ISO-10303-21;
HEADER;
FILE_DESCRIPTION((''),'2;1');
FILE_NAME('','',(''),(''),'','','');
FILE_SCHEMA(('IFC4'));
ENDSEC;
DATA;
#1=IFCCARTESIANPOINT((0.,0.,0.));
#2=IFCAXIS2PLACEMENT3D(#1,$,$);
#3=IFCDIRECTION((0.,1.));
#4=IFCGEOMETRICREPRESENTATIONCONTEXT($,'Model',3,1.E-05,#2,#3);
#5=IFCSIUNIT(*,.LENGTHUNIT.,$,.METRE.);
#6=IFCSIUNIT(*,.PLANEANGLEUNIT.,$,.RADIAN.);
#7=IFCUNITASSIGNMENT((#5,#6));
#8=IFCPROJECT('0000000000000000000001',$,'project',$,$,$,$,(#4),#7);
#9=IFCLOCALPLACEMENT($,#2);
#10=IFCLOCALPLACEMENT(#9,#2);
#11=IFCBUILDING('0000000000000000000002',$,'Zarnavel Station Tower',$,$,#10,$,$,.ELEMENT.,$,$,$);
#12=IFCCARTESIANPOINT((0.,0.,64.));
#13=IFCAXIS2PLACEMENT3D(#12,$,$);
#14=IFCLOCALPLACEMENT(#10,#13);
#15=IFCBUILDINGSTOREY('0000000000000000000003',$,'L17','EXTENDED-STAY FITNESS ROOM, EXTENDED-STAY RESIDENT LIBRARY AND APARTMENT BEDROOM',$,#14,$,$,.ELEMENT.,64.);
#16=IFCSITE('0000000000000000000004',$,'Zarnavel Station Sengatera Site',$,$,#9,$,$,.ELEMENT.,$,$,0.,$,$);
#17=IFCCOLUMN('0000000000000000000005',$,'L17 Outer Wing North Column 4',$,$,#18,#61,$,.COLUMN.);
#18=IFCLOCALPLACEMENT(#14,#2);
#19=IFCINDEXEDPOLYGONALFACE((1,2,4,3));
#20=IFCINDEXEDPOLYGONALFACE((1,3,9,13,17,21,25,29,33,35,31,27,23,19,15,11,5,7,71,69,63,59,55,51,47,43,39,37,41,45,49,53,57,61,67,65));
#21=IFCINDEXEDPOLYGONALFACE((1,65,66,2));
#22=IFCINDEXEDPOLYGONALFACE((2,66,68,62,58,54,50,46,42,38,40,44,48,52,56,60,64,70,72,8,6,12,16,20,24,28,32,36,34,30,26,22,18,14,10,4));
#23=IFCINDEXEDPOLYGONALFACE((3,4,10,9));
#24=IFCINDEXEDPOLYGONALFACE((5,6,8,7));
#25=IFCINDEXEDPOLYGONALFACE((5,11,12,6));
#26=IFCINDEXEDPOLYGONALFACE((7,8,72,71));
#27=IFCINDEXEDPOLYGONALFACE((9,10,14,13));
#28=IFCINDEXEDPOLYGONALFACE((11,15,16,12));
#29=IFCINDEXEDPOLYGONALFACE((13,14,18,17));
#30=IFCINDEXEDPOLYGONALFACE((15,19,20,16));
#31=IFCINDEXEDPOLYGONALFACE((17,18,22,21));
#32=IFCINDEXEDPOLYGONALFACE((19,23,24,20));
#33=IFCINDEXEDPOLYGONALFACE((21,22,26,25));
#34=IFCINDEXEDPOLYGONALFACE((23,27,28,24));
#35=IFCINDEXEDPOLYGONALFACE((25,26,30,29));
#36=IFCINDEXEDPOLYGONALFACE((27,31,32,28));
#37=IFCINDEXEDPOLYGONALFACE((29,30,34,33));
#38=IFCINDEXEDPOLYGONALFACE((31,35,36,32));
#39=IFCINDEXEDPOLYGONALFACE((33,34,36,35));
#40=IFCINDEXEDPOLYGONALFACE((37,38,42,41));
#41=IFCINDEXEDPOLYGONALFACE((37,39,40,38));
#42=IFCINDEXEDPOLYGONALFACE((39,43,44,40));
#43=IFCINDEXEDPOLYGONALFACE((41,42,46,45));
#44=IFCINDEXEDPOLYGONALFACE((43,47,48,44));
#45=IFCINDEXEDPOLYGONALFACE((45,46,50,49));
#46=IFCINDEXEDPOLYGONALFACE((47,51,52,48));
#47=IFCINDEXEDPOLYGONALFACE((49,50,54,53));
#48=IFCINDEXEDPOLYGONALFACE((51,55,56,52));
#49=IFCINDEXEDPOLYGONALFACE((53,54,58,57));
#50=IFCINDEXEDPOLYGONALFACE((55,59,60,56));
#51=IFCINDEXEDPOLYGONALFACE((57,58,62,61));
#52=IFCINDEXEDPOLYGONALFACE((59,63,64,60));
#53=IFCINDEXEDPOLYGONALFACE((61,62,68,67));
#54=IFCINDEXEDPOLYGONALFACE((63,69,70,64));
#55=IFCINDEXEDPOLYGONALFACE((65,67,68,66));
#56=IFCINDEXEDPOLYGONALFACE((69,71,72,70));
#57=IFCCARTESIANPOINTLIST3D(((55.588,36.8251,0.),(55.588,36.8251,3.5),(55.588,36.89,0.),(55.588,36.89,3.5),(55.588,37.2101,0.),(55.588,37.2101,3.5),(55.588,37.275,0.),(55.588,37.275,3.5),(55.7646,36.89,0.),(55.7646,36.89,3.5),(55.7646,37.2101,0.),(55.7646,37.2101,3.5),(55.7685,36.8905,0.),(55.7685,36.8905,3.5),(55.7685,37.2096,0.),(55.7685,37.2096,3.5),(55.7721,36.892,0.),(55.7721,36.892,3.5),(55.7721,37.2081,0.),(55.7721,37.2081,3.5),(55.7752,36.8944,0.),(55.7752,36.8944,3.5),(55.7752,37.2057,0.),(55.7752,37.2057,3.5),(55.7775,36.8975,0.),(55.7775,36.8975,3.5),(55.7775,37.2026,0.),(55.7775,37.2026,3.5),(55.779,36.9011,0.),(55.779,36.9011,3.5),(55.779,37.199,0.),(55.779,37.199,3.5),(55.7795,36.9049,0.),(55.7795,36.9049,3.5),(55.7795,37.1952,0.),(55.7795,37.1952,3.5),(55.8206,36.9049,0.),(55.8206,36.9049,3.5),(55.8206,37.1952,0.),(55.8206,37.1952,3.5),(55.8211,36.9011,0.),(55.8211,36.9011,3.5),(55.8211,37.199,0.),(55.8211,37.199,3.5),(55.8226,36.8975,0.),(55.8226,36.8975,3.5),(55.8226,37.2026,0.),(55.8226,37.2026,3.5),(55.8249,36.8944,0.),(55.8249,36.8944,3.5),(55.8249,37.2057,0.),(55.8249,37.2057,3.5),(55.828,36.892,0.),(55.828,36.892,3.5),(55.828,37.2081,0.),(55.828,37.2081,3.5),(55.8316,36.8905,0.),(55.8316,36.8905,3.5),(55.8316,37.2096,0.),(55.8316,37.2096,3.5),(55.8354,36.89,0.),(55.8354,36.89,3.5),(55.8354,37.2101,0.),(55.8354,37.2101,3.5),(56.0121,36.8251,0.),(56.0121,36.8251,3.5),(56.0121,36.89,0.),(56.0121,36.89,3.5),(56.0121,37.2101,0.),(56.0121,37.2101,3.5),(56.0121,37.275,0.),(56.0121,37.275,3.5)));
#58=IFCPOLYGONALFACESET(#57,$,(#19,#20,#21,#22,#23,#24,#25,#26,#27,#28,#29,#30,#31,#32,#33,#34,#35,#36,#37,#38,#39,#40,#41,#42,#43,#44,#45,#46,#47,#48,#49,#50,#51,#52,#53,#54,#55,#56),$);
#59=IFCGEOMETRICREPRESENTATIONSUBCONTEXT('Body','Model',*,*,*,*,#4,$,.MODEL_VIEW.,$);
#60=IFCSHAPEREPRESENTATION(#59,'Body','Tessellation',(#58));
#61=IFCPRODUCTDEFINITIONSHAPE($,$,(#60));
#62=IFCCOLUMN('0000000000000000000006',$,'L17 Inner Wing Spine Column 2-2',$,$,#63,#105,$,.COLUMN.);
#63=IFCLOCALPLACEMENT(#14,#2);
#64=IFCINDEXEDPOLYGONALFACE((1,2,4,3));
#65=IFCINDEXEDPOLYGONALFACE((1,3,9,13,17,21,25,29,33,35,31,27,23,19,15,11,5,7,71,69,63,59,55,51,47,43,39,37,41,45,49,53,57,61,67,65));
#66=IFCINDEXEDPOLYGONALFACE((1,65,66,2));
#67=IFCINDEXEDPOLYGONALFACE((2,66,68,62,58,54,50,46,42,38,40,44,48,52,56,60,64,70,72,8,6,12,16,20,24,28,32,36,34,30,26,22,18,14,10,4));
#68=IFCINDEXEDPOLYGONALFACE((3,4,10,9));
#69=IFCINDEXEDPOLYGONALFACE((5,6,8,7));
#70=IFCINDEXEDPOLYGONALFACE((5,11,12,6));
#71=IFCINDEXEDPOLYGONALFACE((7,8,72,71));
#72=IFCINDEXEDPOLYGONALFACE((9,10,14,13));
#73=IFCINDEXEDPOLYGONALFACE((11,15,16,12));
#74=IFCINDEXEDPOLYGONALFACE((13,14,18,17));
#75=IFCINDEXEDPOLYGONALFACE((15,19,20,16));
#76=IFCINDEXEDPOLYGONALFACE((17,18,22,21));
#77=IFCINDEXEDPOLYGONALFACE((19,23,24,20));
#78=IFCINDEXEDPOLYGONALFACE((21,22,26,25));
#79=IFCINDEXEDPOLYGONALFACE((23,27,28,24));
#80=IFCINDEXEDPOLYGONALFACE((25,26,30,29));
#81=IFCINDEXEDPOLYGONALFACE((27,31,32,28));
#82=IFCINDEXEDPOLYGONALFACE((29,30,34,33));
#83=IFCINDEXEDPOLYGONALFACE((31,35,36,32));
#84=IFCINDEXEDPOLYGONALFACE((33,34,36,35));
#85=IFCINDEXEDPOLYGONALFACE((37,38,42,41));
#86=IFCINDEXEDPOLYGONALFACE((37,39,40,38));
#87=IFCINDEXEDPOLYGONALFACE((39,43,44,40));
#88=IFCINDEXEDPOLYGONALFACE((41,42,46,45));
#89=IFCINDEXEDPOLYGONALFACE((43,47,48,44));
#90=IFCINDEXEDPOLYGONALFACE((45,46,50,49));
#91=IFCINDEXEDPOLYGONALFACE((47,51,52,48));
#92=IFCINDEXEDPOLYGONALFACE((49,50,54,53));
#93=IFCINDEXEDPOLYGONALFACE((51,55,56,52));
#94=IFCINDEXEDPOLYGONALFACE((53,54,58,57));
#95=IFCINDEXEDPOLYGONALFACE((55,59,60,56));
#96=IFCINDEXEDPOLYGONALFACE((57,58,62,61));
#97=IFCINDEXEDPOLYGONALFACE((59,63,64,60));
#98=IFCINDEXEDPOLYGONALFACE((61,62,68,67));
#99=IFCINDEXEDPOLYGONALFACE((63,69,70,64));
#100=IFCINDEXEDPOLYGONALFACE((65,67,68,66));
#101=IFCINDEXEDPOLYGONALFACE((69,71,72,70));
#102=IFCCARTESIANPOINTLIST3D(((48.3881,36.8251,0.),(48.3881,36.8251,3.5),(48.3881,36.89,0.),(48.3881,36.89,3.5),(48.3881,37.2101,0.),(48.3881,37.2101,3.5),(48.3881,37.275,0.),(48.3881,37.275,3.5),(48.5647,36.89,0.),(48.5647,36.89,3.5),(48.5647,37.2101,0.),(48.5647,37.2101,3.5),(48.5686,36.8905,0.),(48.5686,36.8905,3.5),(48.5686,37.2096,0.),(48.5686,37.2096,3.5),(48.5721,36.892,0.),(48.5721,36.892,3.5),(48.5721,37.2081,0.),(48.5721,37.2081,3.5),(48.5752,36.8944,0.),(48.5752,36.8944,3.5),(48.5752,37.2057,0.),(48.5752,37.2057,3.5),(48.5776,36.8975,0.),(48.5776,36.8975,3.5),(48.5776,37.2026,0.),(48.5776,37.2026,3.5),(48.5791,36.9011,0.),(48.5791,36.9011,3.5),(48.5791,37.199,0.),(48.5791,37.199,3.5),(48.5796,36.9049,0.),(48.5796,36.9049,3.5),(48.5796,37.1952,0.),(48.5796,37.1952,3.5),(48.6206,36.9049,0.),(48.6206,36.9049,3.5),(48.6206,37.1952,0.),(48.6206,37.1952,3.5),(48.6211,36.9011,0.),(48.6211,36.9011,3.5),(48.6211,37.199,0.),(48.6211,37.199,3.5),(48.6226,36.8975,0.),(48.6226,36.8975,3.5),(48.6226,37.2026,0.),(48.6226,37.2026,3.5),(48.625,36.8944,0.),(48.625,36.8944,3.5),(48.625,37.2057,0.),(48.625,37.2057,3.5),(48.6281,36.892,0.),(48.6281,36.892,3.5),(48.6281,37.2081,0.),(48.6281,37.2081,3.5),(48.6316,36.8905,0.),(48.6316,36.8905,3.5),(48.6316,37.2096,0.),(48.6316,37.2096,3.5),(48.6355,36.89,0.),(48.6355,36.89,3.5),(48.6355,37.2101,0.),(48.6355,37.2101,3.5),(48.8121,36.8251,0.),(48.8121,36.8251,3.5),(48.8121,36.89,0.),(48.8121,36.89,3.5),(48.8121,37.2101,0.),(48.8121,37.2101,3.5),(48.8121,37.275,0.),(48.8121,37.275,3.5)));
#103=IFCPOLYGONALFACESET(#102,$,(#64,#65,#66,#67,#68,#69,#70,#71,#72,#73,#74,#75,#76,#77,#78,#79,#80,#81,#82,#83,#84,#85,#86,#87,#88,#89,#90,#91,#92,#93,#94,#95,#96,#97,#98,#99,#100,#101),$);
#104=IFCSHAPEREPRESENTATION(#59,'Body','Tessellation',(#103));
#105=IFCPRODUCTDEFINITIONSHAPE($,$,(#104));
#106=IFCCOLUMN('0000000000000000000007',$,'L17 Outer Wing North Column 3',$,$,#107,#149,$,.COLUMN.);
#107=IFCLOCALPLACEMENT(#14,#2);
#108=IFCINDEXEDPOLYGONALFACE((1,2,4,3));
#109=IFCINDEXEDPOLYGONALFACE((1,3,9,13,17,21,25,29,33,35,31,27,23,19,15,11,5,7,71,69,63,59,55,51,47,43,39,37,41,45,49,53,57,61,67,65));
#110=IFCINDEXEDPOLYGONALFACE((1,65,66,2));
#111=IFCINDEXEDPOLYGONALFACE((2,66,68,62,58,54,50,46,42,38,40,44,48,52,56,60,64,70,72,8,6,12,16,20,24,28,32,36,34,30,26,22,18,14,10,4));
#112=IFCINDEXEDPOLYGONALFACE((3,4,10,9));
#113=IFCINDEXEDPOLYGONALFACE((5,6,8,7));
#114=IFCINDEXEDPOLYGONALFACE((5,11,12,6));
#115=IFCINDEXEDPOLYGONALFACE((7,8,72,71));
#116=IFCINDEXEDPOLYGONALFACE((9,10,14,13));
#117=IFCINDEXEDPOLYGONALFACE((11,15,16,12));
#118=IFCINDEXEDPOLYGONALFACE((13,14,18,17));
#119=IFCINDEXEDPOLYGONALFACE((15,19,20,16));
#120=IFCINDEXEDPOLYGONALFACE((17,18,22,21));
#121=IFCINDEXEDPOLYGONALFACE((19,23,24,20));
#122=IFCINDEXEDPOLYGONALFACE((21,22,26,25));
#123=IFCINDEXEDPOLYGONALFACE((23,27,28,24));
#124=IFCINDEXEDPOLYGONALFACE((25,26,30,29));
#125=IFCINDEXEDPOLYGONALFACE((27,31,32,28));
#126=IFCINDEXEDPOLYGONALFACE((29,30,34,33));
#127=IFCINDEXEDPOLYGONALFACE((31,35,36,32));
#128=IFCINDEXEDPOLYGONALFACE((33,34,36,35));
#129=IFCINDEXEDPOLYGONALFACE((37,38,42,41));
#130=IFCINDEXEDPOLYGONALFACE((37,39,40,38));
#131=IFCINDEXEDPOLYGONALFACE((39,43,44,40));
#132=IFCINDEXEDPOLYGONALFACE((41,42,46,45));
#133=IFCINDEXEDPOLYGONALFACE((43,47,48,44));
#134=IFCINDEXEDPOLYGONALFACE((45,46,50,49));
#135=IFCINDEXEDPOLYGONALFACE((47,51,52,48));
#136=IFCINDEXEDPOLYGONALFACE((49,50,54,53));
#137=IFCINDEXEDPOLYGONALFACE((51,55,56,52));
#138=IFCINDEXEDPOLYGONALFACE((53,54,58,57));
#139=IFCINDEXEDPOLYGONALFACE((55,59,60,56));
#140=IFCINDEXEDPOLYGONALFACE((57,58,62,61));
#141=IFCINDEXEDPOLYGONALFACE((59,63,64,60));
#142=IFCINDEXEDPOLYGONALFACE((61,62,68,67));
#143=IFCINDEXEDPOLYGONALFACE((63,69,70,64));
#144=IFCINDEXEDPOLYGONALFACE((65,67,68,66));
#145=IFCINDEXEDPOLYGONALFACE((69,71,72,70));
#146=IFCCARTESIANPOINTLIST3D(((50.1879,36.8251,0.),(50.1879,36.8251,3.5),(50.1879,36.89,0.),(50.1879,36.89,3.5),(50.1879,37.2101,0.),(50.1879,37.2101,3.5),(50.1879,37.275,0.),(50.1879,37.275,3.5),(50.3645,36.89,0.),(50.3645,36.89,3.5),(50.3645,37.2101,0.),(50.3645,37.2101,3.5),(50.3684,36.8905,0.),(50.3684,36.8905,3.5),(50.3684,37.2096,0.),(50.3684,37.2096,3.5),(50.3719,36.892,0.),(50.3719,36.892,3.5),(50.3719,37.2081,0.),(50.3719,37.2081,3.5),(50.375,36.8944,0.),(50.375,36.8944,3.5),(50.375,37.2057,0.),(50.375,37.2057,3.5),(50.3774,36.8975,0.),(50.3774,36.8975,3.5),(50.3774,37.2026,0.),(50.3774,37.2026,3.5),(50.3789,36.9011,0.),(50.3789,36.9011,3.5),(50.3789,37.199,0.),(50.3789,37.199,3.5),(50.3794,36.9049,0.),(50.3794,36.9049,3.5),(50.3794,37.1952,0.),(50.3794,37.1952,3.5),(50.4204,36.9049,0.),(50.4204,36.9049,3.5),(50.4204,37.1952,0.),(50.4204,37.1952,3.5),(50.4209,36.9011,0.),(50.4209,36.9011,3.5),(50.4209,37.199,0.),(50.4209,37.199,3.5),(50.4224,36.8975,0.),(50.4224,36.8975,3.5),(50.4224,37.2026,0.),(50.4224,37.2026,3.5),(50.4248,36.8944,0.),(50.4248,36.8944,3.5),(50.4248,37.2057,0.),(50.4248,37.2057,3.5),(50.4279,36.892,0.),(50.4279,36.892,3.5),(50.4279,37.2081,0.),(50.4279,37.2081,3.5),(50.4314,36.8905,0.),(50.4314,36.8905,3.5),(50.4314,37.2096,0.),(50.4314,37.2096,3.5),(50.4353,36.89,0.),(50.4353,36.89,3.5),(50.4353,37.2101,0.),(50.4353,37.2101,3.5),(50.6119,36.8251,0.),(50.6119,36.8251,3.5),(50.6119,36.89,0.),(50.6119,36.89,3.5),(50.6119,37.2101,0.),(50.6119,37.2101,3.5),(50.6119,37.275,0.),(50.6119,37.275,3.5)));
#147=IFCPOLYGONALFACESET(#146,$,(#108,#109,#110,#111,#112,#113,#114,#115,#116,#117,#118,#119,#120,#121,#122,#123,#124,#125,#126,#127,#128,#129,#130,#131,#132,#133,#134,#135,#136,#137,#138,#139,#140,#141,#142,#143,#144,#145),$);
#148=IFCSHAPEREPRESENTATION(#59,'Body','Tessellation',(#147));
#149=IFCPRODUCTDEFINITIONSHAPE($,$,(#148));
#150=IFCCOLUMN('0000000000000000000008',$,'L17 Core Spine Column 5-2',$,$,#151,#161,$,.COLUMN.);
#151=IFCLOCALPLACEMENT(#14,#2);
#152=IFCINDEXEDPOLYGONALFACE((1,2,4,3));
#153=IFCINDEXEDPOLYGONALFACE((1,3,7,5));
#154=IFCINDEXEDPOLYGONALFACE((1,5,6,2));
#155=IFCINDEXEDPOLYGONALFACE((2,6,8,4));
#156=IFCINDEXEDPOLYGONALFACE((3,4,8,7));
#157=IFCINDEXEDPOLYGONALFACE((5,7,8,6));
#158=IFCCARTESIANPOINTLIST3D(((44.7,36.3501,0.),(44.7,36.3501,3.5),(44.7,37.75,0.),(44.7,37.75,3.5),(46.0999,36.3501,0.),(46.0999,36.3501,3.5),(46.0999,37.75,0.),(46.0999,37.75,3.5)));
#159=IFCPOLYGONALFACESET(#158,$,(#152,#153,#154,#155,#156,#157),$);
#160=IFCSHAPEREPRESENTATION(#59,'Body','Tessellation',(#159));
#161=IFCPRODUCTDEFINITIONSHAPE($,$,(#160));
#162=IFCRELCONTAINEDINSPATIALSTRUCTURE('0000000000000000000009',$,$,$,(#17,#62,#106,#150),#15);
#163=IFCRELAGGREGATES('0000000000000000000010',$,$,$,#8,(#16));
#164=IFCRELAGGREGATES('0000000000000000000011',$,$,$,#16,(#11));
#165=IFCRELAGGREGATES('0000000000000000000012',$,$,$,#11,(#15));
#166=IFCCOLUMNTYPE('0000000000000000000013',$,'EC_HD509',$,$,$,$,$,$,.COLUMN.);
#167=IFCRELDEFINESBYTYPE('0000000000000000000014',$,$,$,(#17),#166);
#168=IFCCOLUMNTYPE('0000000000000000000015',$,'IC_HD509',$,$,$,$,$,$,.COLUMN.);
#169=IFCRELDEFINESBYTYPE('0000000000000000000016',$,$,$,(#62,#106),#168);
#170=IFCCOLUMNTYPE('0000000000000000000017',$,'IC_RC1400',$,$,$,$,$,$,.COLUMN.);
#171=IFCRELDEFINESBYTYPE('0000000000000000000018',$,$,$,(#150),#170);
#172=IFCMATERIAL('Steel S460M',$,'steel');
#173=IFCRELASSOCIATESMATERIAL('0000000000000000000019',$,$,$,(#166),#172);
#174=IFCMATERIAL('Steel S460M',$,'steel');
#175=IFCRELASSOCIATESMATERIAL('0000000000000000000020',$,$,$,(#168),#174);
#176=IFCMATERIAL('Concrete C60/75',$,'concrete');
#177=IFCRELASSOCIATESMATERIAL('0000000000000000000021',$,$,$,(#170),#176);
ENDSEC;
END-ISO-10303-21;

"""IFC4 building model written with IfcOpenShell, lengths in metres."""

from ifc_helpers import new_model, si_unit, direction, frame, origin, origin_2d, place, context, subcontext, project, spatial, rectangle, i_section, extrude, material, material_profile, profile_set, type_object, element, save


model = new_model("IFC4")

# Units and contexts
model_context = context("Model", 3, precision=1e-05, world=origin(), true_north=direction((0.0, 1.0)))
body_context = subcontext(model_context, "Body", "Model", "MODEL_VIEW")
ifc_project = project(units=[si_unit("LENGTHUNIT", "METRE"), si_unit("PLANEANGLEUNIT", "RADIAN")], contexts=[model_context])

# Site, building, storey
site_placement = place(None, origin())
site = spatial("IfcSite", under=ifc_project, at=site_placement, Name="Zarnavel Station Sengatera Site", CompositionType="ELEMENT", RefElevation=0.0)
building_placement = place(site_placement, origin())
building = spatial("IfcBuilding", under=site, at=building_placement, Name="Zarnavel Station Tower", CompositionType="ELEMENT")
storey_placement = place(building_placement, frame((0.0, 0.0, 64.0)))
storey = spatial("IfcBuildingStorey", under=building, at=storey_placement, Name="L17", Description="EXTENDED-STAY FITNESS ROOM, EXTENDED-STAY RESIDENT LIBRARY AND APARTMENT BEDROOM", CompositionType="ELEMENT", Elevation=64.0)

# Columns
ifc_material_1 = material(Name="Steel S460M", Category="steel")
ifc_material_profile_1 = material_profile(ifc_material_1, i_section(OverallWidth=0.4241, OverallDepth=0.45, WebThickness=0.041, FlangeThickness=0.0649, FilletRadius=0.0149, at=origin_2d()), Name="HD400x509")
ifc_profile_set_1 = profile_set([ifc_material_profile_1], Name="Steel S460M")
column_type_1 = type_object("IfcColumnType", Name="EC_HD509", PredefinedType="COLUMN", material=ifc_profile_set_1)
column_1_placement = place(storey_placement, frame((55.8, 37.05, 0.0), z_axis=(0.0, 0.0, 1.0), x_axis=(1.0, 0.0, 0.0)))
element("IfcColumn", 1, at=column_1_placement, inside=storey, type_object=column_type_1, Name="L17 Outer Wing North Column 4", PredefinedType="COLUMN", context=body_context, shape_type="SweptSolid", body=[
    extrude(i_section(OverallWidth=0.4241, OverallDepth=0.45, WebThickness=0.041, FlangeThickness=0.0649, FilletRadius=0.0149, at=origin_2d()), origin(), (0.0, 0.0, 1.0), 3.5),
])
ifc_material_2 = material(Name="Steel S460M", Category="steel")
ifc_material_profile_2 = material_profile(ifc_material_2, i_section(OverallWidth=0.4241, OverallDepth=0.45, WebThickness=0.041, FlangeThickness=0.0649, FilletRadius=0.0149, at=origin_2d()), Name="HD400x509")
ifc_profile_set_2 = profile_set([ifc_material_profile_2], Name="Steel S460M")
column_type_2 = type_object("IfcColumnType", Name="IC_HD509", PredefinedType="COLUMN", material=ifc_profile_set_2)
for number, where, z_axis, x_axis, name in (
    (2, (48.6001, 37.05, 0.0), (0.0, 0.0, 1.0), (1.0, 0.0, 0.0), "L17 Inner Wing Spine Column 2-2"),
    (3, (50.3999, 37.05, 0.0), (0.0, 0.0, 1.0), (1.0, 0.0, 0.0), "L17 Outer Wing North Column 3"),
):
    element("IfcColumn", number, at=place(storey_placement, frame(where, z_axis=z_axis, x_axis=x_axis)), inside=storey, type_object=column_type_2, Name=name, PredefinedType="COLUMN", context=body_context, shape_type="SweptSolid", body=[
        extrude(i_section(OverallWidth=0.4241, OverallDepth=0.45, WebThickness=0.041, FlangeThickness=0.0649, FilletRadius=0.0149, at=origin_2d()), origin(), (0.0, 0.0, 1.0), 3.5),
    ])
ifc_material_3 = material(Name="Concrete C60/75", Category="concrete")
ifc_material_profile_3 = material_profile(ifc_material_3, rectangle(XDim=1.3999, YDim=1.3999, at=origin_2d()), Name="RC1400x1400")
ifc_profile_set_3 = profile_set([ifc_material_profile_3], Name="Concrete C60/75")
column_type_3 = type_object("IfcColumnType", Name="IC_RC1400", PredefinedType="COLUMN", material=ifc_profile_set_3)
column_2_placement = place(storey_placement, frame((45.3999, 37.05, 0.0), z_axis=(0.0, 0.0, 1.0), x_axis=(1.0, 0.0, 0.0)))
element("IfcColumn", 4, at=column_2_placement, inside=storey, type_object=column_type_3, Name="L17 Core Spine Column 5-2", PredefinedType="COLUMN", context=body_context, shape_type="SweptSolid", body=[
    extrude(rectangle(XDim=1.3999, YDim=1.3999, at=origin_2d()), origin(), (0.0, 0.0, 1.0), 3.5),
])

save(model, "model.ifc")
